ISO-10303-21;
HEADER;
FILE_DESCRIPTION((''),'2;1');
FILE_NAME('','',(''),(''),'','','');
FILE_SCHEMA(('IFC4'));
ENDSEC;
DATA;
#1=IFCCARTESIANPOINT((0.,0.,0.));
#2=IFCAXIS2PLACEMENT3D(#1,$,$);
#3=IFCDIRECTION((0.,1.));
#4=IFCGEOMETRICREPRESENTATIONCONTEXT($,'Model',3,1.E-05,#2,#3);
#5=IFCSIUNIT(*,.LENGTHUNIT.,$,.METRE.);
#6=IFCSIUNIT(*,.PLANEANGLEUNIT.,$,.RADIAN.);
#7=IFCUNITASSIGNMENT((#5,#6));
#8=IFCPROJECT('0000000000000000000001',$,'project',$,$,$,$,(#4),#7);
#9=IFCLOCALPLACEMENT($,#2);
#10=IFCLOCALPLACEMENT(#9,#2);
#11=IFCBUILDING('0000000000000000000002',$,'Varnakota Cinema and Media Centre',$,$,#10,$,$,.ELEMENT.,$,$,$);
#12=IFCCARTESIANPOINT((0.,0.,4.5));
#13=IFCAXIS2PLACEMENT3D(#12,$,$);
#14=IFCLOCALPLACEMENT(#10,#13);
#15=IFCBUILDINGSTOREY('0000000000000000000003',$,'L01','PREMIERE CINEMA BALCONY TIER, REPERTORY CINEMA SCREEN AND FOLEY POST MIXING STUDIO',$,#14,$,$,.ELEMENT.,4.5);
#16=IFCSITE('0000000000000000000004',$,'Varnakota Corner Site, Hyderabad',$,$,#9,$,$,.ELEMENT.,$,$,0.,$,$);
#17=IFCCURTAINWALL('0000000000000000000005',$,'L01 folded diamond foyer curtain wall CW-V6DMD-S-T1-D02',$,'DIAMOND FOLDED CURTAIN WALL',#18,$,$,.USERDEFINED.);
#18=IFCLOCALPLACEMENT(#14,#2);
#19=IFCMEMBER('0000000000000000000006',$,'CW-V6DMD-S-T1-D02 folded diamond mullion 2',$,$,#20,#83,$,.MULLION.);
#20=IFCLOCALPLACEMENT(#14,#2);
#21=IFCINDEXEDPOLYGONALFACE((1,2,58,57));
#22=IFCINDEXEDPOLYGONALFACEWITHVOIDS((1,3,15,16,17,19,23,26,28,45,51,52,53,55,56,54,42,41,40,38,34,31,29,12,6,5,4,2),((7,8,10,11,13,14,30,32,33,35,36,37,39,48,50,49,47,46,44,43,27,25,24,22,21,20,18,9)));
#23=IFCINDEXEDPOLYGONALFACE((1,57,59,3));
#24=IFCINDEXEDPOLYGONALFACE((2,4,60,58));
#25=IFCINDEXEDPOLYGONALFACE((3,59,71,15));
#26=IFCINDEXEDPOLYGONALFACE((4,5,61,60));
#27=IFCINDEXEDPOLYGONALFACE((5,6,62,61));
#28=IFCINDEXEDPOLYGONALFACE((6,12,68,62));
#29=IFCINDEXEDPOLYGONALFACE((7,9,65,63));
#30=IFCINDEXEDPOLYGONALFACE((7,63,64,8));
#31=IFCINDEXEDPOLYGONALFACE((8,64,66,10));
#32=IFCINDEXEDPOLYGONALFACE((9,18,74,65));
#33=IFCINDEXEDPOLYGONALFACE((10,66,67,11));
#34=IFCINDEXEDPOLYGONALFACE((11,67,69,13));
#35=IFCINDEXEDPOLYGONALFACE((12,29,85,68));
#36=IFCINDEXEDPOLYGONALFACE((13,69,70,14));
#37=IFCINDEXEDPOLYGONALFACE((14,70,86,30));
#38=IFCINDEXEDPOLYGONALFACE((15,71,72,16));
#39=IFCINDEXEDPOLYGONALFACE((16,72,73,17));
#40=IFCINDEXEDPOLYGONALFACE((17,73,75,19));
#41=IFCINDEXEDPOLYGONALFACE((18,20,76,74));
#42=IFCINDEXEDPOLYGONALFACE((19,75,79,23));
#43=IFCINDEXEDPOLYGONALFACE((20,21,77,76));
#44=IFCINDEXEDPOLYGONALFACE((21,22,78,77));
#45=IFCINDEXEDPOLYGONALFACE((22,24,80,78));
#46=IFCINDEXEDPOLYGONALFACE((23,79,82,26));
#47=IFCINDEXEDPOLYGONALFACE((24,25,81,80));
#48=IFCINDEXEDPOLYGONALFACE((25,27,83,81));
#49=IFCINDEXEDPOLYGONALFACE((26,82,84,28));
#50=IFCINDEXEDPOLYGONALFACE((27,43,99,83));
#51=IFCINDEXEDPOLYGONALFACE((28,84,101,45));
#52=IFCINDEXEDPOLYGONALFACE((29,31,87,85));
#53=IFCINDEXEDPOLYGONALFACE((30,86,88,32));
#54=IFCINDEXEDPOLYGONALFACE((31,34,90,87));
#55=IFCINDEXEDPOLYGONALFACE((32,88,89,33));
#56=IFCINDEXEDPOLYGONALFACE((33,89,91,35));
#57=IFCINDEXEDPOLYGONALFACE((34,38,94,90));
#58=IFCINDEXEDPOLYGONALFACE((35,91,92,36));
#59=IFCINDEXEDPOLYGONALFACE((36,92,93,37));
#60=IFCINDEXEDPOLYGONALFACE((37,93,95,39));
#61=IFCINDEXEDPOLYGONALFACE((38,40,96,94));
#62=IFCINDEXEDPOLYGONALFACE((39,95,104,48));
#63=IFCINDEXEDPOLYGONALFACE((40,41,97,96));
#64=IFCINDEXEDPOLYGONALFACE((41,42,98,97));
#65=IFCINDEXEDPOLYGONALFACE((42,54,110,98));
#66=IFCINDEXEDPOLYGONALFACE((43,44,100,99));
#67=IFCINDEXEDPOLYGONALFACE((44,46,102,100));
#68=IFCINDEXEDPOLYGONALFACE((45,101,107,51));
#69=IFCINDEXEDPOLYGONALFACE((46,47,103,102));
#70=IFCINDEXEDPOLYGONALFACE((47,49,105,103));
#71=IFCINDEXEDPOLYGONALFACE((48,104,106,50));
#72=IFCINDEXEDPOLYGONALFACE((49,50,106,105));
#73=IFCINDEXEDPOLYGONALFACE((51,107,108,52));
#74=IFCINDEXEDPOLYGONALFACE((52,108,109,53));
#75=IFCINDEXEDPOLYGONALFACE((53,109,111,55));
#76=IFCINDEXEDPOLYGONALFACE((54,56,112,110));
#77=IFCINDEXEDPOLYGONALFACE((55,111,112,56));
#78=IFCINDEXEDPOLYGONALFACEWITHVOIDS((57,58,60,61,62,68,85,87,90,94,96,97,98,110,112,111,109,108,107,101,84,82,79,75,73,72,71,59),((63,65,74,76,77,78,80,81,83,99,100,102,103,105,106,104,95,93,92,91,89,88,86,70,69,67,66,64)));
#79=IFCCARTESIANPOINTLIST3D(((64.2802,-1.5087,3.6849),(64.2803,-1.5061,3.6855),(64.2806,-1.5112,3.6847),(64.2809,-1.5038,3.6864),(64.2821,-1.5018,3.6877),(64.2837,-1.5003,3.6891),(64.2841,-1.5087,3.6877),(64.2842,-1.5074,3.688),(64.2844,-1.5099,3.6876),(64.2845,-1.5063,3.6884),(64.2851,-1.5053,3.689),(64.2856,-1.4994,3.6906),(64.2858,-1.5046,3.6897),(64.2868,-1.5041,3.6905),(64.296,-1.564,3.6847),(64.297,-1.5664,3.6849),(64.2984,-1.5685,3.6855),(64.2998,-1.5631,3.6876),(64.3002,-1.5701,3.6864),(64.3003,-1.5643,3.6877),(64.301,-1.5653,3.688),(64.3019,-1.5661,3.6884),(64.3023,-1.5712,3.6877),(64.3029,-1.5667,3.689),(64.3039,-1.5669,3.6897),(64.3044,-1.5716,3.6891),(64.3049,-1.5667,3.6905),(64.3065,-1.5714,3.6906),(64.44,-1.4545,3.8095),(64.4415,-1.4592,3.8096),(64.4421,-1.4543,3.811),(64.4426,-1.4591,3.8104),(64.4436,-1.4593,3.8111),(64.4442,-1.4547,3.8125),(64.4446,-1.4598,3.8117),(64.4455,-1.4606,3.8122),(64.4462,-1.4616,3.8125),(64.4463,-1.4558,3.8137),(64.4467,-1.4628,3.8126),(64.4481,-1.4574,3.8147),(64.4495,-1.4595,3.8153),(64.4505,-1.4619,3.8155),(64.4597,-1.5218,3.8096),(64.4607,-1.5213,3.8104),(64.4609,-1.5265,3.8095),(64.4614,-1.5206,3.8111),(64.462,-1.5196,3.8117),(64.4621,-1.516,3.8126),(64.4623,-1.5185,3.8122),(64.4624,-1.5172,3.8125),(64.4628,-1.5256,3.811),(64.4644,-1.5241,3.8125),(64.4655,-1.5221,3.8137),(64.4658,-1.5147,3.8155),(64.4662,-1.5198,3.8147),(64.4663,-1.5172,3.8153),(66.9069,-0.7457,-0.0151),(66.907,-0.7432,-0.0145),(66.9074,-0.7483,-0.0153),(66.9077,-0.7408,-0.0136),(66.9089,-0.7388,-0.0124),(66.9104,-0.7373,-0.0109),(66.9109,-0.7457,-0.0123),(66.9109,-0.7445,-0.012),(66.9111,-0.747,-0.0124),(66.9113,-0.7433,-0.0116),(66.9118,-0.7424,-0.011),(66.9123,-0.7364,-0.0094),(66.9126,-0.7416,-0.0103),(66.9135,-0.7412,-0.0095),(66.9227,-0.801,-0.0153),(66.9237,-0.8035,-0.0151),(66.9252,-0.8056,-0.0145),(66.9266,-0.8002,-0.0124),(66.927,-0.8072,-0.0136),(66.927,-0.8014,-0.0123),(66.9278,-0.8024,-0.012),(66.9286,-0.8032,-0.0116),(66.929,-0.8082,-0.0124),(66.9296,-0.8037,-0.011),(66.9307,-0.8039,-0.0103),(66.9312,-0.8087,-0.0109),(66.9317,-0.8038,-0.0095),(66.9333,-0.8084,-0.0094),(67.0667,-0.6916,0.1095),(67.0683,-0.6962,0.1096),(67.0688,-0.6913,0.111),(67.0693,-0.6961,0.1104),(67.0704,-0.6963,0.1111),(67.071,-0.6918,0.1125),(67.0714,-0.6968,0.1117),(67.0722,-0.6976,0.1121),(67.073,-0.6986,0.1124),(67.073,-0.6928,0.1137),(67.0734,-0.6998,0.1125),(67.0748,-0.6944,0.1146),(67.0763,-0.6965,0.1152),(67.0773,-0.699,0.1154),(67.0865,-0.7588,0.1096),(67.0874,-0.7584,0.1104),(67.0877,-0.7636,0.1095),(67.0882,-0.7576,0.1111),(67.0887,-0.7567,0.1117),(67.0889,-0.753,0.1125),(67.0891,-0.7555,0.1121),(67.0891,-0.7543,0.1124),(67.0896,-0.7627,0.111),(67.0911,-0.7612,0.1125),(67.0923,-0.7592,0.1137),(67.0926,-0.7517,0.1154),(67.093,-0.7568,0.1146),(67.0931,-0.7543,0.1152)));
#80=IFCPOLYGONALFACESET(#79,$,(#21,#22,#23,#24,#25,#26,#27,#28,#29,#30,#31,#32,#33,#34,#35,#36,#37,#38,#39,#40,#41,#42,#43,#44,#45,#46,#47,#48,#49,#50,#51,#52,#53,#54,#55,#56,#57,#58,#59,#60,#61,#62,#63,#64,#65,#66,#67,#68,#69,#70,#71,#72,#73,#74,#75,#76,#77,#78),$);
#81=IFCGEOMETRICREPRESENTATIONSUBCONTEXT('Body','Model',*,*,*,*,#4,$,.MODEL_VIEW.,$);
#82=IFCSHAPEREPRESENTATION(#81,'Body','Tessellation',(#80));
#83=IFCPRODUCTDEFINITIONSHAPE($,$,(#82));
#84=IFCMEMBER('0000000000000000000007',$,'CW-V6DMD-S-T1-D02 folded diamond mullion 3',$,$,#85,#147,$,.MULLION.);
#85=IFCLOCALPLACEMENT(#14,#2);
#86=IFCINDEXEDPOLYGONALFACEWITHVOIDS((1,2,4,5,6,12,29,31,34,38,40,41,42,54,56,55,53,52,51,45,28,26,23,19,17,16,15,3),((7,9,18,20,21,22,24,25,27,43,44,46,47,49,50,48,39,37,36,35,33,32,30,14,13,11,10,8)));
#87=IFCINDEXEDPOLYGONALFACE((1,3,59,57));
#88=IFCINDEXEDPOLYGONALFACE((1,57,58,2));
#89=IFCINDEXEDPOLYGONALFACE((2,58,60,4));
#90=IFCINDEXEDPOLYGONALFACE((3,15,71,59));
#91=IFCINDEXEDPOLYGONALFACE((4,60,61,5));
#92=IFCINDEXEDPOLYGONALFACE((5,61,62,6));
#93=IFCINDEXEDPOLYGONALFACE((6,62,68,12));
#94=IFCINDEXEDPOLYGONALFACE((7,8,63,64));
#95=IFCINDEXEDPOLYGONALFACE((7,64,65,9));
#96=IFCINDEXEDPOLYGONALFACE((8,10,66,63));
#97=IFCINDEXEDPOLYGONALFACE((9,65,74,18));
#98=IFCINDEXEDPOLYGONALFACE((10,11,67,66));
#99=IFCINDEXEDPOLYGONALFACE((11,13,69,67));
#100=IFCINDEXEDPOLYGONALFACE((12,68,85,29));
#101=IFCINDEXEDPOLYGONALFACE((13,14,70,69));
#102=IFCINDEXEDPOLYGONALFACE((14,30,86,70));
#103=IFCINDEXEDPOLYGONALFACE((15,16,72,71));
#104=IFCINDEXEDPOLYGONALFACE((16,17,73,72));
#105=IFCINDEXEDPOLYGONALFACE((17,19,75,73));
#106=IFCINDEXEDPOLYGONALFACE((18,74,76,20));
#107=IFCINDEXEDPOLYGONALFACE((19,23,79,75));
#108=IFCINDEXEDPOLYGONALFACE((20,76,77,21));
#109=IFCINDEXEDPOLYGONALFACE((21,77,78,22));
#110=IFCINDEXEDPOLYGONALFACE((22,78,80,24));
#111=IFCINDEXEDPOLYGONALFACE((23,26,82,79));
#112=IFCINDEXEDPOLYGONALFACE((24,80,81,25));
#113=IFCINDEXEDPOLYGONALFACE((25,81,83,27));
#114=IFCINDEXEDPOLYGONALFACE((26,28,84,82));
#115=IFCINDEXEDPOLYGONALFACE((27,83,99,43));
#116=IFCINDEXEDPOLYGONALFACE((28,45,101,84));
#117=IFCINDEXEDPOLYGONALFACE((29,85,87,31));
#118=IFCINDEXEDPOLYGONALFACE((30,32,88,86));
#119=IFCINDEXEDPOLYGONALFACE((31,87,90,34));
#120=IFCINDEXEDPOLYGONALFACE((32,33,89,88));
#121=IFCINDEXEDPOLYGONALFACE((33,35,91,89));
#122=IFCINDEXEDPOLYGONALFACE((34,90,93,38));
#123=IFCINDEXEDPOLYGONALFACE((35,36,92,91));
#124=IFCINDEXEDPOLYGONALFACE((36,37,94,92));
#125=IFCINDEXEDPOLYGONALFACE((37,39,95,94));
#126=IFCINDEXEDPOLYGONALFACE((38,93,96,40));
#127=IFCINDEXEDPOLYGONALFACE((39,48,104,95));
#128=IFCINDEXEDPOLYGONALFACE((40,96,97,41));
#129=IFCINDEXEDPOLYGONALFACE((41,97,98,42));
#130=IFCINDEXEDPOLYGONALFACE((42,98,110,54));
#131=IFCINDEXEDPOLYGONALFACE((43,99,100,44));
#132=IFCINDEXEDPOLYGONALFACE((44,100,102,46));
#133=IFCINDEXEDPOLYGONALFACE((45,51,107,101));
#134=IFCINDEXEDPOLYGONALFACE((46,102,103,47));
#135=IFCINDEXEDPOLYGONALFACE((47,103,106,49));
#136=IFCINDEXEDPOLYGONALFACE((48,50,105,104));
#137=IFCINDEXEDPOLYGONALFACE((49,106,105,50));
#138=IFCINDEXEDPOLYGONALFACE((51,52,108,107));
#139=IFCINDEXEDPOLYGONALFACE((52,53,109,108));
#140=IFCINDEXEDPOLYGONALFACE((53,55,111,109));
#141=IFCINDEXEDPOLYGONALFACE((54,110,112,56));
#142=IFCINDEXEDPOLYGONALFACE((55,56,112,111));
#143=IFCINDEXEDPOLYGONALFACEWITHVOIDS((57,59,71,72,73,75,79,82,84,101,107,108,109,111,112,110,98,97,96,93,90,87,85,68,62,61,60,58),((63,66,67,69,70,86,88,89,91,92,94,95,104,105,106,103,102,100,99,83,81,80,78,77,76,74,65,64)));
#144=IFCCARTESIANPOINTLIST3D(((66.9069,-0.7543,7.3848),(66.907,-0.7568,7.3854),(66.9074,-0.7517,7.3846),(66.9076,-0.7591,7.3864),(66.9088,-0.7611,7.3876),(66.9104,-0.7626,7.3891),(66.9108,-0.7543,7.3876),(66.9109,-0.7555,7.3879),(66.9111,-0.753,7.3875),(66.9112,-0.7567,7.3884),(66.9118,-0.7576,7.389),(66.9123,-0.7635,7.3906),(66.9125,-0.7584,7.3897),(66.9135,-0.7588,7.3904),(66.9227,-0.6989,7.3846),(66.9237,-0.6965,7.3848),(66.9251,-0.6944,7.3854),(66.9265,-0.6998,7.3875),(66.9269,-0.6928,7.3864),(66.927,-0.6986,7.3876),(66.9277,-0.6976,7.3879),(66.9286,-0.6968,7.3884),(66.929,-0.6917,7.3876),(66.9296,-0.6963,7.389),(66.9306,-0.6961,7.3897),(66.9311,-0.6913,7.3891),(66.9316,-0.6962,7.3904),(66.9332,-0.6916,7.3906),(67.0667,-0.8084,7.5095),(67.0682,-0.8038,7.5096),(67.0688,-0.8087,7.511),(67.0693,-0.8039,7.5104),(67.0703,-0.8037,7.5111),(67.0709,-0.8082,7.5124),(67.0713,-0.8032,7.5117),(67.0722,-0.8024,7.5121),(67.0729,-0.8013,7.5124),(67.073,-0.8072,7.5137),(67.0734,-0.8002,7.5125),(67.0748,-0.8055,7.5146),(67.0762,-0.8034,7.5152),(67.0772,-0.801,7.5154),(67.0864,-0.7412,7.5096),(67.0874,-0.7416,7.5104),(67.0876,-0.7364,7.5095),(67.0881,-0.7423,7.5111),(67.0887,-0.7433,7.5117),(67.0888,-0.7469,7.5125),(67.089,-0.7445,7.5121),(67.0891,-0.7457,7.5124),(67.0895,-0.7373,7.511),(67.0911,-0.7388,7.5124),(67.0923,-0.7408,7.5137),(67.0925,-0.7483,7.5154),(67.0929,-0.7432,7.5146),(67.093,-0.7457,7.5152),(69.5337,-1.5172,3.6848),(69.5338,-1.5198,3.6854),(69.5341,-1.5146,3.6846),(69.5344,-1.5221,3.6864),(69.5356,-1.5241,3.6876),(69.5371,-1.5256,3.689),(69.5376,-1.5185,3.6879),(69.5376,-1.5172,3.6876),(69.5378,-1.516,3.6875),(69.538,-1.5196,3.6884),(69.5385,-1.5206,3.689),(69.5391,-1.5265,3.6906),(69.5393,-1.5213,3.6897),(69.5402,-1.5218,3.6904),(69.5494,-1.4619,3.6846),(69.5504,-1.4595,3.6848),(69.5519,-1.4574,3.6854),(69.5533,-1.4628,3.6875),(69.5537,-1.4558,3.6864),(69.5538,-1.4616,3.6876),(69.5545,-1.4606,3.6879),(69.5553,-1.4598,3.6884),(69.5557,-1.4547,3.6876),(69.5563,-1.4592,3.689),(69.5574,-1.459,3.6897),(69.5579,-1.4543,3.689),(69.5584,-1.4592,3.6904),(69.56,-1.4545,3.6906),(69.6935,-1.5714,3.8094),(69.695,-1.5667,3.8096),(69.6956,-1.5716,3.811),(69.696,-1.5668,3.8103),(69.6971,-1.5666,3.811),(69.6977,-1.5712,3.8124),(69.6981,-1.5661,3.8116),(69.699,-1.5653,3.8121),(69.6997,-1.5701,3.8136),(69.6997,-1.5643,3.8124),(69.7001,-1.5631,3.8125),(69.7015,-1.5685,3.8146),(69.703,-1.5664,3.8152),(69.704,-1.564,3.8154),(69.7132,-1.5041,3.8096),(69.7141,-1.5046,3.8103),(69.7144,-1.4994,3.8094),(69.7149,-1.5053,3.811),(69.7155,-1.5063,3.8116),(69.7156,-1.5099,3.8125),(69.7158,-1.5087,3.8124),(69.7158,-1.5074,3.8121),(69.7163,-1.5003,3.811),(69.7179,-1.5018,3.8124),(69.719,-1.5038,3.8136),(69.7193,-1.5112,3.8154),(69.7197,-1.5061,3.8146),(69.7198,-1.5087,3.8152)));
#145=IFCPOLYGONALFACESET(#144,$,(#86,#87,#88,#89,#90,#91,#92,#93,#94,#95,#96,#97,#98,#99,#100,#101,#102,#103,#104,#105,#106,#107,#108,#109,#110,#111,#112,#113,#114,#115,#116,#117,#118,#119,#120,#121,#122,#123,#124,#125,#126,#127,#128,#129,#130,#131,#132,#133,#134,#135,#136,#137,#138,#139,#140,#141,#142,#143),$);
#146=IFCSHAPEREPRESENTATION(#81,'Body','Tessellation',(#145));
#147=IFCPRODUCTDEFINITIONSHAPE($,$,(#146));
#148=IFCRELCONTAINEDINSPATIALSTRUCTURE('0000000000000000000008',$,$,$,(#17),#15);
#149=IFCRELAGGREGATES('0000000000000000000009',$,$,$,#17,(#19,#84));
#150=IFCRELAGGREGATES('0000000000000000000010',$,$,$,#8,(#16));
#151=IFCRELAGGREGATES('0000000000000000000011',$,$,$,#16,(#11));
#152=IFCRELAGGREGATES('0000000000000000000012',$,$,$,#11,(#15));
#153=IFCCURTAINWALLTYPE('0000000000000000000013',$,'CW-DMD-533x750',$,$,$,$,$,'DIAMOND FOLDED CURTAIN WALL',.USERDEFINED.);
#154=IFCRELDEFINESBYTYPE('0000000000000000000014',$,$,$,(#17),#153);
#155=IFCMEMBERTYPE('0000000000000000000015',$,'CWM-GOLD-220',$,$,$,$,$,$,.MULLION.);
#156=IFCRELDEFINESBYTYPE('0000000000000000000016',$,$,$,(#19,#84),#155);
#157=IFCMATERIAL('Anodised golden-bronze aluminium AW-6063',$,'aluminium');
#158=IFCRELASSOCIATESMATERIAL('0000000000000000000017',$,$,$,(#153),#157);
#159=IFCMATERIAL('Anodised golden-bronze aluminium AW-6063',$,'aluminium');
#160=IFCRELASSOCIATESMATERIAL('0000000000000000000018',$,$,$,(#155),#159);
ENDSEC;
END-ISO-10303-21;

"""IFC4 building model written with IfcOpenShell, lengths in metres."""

from ifc_helpers import new_model, si_unit, direction, frame, origin, origin_2d, place, context, subcontext, project, spatial, hollow_rectangle, extrude, material, material_profile, profile_set, type_object, element, aggregate, save


model = new_model("IFC4")

# Units and contexts
model_context = context("Model", 3, precision=1e-05, world=origin(), true_north=direction((0.0, 1.0)))
body_context = subcontext(model_context, "Body", "Model", "MODEL_VIEW")
ifc_project = project(units=[si_unit("LENGTHUNIT", "METRE"), si_unit("PLANEANGLEUNIT", "RADIAN")], contexts=[model_context])

# Site, building, storey
site_placement = place(None, origin())
site = spatial("IfcSite", under=ifc_project, at=site_placement, Name="Varnakota Corner Site, Hyderabad", CompositionType="ELEMENT", RefElevation=0.0)
building_placement = place(site_placement, origin())
building = spatial("IfcBuilding", under=site, at=building_placement, Name="Varnakota Cinema and Media Centre", CompositionType="ELEMENT")
storey_placement = place(building_placement, frame((0.0, 0.0, 4.5)))
storey = spatial("IfcBuildingStorey", under=building, at=storey_placement, Name="L01", Description="PREMIERE CINEMA BALCONY TIER, REPERTORY CINEMA SCREEN AND FOLEY POST MIXING STUDIO", CompositionType="ELEMENT", Elevation=4.5)

# Curtain wall, members
ifc_material_1 = material(Name="Anodised golden-bronze aluminium AW-6063", Category="aluminium")
curtain_wall_type = type_object("IfcCurtainWallType", Name="CW-DMD-533x750", ElementType="DIAMOND FOLDED CURTAIN WALL", PredefinedType="USERDEFINED", material=ifc_material_1)
ifc_material_2 = material(Name="Anodised golden-bronze aluminium AW-6063", Category="aluminium")
ifc_material_profile_1 = material_profile(ifc_material_2, hollow_rectangle(XDim=0.075, YDim=0.22, WallThickness=0.0049, InnerFilletRadius=0.0049, OuterFilletRadius=0.01, at=origin_2d()), Name="AL-MULLION 220x75x5")
ifc_profile_set_1 = profile_set([ifc_material_profile_1], Name="Anodised golden-bronze aluminium AW-6063")
member_type_1 = type_object("IfcMemberType", Name="CWM-GOLD-220", PredefinedType="MULLION", material=ifc_profile_set_1)
curtain_wall_1_placement = place(storey_placement, origin())
curtain_wall_1 = element("IfcCurtainWall", 1, at=curtain_wall_1_placement, inside=storey, type_object=curtain_wall_type, Name="L01 folded diamond foyer curtain wall CW-V6DMD-S-T1-D02", ObjectType="DIAMOND FOLDED CURTAIN WALL", PredefinedType="USERDEFINED")
member_1_placement = place(storey_placement, frame((67.0, -0.75, 0.05), z_axis=(-0.570871, -0.165812, 0.804122), x_axis=(0.278927, -0.960312, 0.0)))
member_1 = element("IfcMember", 2, at=member_1_placement, type_object=member_type_1, Name="CW-V6DMD-S-T1-D02 folded diamond mullion 2", PredefinedType="MULLION", context=body_context, shape_type="SweptSolid", body=[
    extrude(hollow_rectangle(XDim=0.075, YDim=0.22, WallThickness=0.0049, InnerFilletRadius=0.0049, OuterFilletRadius=0.01, at=origin_2d()), origin(), (0.0, 0.0, 1.0), 4.6013),
])
member_2_placement = place(storey_placement, frame((69.6267, -1.5129, 3.75), z_axis=(-0.570871, 0.165812, 0.804122), x_axis=(-0.278927, -0.960312, 0.0)))
member_2 = element("IfcMember", 3, at=member_2_placement, type_object=member_type_1, Name="CW-V6DMD-S-T1-D02 folded diamond mullion 3", PredefinedType="MULLION", context=body_context, shape_type="SweptSolid", body=[
    extrude(hollow_rectangle(XDim=0.075, YDim=0.22, WallThickness=0.0049, InnerFilletRadius=0.0049, OuterFilletRadius=0.01, at=origin_2d()), origin(), (0.0, 0.0, 1.0), 4.6013),
])

aggregate(curtain_wall_1, [member_1, member_2])

save(model, "model.ifc")
